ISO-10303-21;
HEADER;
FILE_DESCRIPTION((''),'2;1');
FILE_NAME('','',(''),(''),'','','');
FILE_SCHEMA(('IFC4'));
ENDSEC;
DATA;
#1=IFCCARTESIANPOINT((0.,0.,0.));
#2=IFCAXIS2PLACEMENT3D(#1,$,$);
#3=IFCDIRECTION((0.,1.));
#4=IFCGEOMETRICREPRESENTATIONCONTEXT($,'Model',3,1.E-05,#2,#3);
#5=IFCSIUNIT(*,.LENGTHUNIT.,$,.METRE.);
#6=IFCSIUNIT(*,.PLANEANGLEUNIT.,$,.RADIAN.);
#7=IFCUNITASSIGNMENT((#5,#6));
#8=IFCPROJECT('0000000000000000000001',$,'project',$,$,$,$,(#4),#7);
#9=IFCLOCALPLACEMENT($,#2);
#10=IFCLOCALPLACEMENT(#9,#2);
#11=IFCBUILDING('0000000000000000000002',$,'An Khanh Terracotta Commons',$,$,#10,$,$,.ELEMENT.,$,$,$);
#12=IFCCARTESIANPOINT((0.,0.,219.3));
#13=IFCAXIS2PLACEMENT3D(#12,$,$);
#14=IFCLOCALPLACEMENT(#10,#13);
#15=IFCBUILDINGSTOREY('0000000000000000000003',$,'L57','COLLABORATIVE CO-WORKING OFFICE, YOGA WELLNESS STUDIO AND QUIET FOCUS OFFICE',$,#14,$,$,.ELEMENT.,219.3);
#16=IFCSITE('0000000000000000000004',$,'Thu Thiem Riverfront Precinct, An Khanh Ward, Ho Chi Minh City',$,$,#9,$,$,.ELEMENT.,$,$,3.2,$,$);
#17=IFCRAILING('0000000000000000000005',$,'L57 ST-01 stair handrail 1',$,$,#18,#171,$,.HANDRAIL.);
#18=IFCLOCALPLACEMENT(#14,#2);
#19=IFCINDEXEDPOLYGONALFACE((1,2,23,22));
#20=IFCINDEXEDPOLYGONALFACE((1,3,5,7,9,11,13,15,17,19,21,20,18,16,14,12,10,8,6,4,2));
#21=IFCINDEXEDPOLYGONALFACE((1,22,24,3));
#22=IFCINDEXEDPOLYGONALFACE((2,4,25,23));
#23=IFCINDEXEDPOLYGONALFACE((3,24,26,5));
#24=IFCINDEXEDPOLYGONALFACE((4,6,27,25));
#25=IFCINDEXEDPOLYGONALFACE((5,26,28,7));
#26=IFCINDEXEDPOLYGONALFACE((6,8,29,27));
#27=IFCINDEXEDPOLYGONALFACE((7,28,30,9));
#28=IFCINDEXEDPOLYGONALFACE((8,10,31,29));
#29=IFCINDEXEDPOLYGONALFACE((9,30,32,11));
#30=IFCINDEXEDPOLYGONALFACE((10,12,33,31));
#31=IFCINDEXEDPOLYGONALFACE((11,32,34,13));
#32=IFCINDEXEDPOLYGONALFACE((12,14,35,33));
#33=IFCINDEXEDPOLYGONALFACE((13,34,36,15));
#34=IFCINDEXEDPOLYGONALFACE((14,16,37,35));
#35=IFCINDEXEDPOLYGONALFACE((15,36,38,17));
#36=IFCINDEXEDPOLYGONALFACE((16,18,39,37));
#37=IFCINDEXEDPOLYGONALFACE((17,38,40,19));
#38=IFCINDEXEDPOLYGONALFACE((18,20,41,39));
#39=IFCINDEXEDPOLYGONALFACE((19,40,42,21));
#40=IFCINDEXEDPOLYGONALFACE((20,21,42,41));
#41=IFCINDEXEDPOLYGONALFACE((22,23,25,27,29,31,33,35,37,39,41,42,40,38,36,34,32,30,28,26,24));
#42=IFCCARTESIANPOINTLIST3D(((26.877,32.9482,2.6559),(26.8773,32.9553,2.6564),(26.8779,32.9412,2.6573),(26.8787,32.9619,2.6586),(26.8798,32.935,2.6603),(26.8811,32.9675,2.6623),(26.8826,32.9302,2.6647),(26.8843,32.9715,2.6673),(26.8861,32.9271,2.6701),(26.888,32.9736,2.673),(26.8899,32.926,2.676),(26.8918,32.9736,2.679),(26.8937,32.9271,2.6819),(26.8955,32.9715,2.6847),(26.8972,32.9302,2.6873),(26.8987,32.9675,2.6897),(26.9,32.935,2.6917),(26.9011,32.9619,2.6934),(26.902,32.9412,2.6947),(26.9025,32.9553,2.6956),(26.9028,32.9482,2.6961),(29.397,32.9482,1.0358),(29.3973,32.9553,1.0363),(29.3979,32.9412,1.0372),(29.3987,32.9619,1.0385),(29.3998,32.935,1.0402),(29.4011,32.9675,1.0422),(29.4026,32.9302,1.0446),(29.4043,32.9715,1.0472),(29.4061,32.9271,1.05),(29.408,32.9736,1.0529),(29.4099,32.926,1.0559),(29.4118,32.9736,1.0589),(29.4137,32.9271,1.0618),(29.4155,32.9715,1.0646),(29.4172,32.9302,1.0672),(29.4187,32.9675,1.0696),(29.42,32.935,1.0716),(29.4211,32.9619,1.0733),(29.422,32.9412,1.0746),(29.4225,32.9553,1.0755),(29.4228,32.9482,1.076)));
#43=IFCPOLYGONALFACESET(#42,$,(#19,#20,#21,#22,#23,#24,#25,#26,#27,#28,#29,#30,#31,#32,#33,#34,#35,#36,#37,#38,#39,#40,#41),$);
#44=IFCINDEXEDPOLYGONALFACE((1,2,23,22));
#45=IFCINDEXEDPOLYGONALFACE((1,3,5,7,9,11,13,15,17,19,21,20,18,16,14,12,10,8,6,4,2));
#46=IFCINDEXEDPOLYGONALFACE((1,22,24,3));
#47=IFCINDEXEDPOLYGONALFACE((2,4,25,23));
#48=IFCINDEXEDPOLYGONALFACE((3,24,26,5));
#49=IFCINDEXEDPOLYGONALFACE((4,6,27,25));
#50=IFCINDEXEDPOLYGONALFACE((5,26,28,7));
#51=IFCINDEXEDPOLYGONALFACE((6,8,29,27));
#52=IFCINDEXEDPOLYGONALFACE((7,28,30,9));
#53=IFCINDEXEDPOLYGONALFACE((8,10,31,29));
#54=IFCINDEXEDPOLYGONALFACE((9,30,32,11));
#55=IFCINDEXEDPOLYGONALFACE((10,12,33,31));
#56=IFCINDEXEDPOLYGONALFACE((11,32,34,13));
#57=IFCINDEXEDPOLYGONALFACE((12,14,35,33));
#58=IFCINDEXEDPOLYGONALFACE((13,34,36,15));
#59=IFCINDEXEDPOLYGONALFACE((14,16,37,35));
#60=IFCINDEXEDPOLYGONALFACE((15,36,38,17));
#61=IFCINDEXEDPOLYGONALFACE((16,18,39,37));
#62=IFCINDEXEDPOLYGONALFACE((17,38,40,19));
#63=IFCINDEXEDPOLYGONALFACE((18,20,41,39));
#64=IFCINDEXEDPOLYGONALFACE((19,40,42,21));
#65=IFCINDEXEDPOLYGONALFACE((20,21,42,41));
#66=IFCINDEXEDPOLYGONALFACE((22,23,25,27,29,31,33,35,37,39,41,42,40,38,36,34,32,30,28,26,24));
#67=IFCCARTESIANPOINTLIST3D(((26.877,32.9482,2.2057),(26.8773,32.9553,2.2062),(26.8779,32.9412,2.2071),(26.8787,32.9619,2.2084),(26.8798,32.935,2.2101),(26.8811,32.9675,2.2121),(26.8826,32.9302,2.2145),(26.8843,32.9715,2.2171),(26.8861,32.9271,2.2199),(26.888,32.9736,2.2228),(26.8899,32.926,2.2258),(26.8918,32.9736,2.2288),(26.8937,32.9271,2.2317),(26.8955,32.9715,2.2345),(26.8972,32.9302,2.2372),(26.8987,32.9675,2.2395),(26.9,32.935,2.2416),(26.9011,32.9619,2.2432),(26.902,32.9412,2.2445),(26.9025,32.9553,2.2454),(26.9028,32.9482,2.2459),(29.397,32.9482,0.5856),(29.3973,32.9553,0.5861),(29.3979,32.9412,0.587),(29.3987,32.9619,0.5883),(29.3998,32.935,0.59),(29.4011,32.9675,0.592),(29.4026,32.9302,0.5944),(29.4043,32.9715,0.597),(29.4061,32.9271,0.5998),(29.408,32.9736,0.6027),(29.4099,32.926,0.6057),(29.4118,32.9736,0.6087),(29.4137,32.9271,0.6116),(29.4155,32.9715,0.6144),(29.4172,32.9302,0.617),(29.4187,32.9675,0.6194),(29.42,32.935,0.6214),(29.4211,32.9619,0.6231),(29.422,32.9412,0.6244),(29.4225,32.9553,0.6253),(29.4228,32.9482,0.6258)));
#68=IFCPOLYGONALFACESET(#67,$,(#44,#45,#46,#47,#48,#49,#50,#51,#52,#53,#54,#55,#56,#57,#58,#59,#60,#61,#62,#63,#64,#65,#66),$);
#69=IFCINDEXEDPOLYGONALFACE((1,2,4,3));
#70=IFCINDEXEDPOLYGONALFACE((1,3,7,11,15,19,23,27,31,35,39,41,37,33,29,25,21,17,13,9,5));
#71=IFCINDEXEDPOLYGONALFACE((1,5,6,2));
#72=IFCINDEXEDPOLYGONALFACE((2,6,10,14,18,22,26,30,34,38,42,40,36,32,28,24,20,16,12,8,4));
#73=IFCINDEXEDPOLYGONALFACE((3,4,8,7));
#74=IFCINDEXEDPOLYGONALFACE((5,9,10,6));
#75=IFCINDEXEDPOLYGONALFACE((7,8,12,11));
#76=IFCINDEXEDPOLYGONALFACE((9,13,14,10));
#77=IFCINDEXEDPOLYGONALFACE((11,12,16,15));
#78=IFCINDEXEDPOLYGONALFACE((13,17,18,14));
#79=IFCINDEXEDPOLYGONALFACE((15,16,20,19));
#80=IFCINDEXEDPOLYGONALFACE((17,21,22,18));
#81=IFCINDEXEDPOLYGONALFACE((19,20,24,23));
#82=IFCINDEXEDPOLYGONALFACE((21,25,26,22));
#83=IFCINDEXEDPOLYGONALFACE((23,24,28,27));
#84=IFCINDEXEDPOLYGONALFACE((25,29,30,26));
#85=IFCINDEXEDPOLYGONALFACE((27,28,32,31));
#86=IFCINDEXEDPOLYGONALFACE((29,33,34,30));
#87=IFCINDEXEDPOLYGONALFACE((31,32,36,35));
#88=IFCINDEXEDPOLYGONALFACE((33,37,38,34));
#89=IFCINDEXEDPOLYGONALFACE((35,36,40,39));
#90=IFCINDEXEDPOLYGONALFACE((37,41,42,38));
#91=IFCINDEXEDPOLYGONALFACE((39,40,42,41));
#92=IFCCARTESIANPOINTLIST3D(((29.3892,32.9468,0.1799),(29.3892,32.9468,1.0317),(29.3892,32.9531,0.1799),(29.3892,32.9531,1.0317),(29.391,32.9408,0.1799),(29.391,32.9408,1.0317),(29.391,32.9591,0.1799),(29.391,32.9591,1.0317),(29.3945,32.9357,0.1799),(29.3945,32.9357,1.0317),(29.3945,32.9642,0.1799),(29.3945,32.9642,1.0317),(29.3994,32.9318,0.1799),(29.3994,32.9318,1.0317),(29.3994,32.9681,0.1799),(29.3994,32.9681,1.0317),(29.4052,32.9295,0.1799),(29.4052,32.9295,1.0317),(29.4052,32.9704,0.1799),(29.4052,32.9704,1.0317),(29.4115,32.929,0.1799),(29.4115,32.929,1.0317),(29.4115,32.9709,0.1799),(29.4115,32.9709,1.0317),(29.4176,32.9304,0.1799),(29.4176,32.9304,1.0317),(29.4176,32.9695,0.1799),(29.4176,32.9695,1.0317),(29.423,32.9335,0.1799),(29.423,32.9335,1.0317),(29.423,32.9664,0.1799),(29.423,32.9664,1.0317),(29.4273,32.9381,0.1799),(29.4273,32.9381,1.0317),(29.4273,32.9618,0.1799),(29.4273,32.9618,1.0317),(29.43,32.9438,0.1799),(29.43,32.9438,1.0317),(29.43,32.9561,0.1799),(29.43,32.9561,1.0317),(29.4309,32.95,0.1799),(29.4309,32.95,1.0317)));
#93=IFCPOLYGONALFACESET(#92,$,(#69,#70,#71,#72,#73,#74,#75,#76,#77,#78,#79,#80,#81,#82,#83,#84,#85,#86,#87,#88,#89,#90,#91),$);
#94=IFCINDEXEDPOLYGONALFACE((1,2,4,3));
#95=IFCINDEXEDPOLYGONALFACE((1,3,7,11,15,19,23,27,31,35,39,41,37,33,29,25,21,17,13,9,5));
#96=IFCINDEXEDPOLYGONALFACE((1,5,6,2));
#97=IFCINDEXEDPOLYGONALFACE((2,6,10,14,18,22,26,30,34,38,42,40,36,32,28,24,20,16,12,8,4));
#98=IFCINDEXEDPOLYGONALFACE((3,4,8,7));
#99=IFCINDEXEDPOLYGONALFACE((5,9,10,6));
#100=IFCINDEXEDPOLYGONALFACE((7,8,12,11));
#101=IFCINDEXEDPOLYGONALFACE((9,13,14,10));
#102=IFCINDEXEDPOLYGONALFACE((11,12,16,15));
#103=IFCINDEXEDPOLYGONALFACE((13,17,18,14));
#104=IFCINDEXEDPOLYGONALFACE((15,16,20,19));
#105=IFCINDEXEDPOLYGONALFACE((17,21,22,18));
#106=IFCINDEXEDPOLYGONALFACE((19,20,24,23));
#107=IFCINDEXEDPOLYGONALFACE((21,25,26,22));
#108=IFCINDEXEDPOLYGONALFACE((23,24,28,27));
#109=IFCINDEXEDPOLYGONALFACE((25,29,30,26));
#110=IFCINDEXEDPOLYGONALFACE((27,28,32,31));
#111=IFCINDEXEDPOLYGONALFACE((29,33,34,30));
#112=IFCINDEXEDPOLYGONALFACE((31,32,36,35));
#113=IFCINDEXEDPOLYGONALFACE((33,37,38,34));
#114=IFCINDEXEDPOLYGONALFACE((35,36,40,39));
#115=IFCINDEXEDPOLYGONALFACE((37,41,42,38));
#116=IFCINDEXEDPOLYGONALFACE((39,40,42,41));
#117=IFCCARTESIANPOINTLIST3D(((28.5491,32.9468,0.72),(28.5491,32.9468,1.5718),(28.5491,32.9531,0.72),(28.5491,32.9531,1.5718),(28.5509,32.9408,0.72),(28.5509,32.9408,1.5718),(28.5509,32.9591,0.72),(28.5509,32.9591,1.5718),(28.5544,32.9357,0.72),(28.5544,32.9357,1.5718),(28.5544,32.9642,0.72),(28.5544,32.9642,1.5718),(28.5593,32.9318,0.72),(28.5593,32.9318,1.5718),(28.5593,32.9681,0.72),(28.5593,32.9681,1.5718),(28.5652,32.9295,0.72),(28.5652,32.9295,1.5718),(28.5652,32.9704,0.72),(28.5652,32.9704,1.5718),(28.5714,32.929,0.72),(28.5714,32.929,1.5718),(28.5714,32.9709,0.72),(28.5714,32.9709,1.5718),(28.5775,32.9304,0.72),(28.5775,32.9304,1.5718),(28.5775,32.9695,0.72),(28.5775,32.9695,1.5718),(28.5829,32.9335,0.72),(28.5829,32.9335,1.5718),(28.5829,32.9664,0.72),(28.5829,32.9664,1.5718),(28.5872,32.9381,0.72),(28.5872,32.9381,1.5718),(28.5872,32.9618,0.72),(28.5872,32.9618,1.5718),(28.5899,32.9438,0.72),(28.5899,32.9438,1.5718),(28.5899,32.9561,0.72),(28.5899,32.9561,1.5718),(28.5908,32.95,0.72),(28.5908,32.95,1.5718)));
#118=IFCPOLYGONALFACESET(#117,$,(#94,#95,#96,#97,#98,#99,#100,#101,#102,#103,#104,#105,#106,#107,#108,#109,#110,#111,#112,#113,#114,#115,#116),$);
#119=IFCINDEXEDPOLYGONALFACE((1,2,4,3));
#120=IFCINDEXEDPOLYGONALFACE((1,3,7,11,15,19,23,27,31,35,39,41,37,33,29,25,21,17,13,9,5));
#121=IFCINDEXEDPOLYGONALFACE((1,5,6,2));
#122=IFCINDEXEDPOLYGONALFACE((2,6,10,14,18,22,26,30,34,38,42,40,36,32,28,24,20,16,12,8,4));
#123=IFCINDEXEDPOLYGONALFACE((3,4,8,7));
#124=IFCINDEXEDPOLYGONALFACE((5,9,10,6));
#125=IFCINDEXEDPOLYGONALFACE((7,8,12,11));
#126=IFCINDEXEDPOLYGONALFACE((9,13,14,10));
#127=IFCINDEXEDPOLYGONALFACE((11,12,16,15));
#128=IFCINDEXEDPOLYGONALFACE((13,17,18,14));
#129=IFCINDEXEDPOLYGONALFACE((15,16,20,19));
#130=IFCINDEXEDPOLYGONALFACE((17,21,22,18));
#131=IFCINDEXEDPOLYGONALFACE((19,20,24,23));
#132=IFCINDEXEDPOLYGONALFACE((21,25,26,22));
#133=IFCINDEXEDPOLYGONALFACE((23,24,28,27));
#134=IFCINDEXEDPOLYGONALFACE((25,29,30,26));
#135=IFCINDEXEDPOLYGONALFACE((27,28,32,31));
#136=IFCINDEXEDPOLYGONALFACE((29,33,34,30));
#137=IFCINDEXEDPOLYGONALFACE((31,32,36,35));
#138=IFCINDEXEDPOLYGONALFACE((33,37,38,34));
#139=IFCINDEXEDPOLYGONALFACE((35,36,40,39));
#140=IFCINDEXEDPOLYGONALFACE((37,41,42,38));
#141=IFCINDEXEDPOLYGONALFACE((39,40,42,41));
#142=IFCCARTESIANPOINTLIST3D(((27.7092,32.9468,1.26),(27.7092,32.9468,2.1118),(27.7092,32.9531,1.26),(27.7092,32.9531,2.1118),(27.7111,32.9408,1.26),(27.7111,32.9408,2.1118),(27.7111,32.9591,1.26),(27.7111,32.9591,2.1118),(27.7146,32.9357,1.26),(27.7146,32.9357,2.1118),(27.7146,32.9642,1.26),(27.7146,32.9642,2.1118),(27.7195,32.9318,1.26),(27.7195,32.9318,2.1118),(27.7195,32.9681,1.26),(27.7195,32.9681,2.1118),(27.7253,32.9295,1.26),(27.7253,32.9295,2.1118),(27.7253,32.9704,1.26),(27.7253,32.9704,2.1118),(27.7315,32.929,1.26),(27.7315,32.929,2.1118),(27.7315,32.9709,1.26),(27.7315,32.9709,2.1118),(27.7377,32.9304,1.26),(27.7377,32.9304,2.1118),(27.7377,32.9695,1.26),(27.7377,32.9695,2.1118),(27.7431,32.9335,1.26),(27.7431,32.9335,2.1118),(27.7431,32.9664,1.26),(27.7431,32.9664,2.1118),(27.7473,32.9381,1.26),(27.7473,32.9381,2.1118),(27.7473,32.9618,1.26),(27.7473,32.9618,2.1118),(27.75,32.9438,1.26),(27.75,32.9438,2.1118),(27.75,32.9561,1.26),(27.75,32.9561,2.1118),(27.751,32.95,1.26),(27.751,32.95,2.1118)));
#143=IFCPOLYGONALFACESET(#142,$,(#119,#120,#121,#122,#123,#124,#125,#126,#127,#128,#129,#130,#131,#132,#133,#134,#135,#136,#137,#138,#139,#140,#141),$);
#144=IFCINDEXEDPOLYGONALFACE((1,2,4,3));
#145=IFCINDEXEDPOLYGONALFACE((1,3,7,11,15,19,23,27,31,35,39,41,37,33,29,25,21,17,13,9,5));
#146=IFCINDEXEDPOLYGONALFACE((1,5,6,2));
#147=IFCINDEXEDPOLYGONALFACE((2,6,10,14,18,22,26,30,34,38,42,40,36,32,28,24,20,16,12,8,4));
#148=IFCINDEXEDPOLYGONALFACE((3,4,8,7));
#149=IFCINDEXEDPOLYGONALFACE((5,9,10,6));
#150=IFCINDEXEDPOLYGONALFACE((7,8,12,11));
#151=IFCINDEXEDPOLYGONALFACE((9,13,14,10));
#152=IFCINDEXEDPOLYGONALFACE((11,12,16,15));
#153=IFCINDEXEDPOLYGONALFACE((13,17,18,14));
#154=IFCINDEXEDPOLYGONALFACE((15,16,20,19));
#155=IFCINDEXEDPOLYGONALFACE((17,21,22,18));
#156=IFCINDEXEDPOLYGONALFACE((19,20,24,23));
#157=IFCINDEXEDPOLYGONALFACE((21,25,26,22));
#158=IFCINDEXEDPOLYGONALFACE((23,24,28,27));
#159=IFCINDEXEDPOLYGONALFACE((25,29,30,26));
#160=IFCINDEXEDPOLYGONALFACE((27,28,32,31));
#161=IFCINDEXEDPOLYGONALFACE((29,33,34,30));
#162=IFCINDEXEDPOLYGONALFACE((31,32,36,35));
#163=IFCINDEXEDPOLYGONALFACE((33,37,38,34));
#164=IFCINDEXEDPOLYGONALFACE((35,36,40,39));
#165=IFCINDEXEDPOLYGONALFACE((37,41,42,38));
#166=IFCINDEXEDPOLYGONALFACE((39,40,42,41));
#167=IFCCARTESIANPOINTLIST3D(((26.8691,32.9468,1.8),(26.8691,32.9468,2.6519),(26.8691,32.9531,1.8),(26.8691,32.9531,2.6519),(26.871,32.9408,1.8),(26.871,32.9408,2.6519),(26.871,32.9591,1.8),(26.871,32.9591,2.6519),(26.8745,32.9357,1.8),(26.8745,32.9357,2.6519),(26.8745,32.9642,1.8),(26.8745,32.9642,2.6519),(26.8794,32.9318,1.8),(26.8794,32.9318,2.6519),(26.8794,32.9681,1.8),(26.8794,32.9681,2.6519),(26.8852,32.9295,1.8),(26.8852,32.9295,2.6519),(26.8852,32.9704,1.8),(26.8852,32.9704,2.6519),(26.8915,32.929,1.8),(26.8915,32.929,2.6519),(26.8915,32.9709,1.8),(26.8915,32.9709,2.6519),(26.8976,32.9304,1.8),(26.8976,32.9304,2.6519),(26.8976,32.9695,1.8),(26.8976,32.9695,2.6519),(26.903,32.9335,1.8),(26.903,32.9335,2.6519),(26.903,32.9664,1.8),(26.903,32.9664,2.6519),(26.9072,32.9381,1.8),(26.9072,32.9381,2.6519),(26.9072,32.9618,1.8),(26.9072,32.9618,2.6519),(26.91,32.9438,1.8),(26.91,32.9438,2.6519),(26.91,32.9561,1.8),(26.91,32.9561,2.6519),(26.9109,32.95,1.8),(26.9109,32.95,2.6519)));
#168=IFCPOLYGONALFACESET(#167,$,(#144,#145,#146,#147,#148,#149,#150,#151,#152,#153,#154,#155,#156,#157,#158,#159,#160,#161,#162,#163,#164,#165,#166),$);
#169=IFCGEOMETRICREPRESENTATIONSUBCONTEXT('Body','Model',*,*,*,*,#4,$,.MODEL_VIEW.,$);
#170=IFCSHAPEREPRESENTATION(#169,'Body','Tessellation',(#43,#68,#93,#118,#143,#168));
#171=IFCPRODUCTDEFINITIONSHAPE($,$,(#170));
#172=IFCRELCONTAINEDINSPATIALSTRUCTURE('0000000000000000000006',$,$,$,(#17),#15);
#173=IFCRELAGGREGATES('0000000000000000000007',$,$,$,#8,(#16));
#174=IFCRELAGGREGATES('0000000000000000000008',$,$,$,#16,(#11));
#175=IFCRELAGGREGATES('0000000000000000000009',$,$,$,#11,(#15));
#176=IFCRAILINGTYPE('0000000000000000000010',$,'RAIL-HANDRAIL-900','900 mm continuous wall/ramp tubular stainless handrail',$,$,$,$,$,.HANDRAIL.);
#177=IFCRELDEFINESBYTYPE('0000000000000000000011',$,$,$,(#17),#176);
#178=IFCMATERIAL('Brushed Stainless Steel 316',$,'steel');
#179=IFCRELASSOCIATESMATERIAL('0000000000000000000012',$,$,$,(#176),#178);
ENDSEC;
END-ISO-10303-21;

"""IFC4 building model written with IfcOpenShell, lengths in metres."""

from ifc_helpers import new_model, si_unit, direction, frame, origin, origin_2d, place, context, subcontext, project, spatial, circle, extrude, material, type_object, element, save


model = new_model("IFC4")

# Units and contexts
model_context = context("Model", 3, precision=1e-05, world=origin(), true_north=direction((0.0, 1.0)))
body_context = subcontext(model_context, "Body", "Model", "MODEL_VIEW")
ifc_project = project(units=[si_unit("LENGTHUNIT", "METRE"), si_unit("PLANEANGLEUNIT", "RADIAN")], contexts=[model_context])

# Site, building, storey
site_placement = place(None, origin())
site = spatial("IfcSite", under=ifc_project, at=site_placement, Name="Thu Thiem Riverfront Precinct, An Khanh Ward, Ho Chi Minh City", CompositionType="ELEMENT", RefElevation=3.2)
building_placement = place(site_placement, origin())
building = spatial("IfcBuilding", under=site, at=building_placement, Name="An Khanh Terracotta Commons", CompositionType="ELEMENT")
storey_placement = place(building_placement, frame((0.0, 0.0, 219.3)))
storey = spatial("IfcBuildingStorey", under=building, at=storey_placement, Name="L57", Description="COLLABORATIVE CO-WORKING OFFICE, YOGA WELLNESS STUDIO AND QUIET FOCUS OFFICE", CompositionType="ELEMENT", Elevation=219.3)

# Railing
ifc_material_1 = material(Name="Brushed Stainless Steel 316", Category="steel")
railing_type_1 = type_object("IfcRailingType", Name="RAIL-HANDRAIL-900", Description="900 mm continuous wall/ramp tubular stainless handrail", PredefinedType="HANDRAIL", material=ifc_material_1)
railing_1_placement = place(storey_placement, frame((29.4099, 32.95, 0.1799)))
element("IfcRailing", 1, at=railing_1_placement, inside=storey, type_object=railing_type_1, Name="L57 ST-01 stair handrail 1", PredefinedType="HANDRAIL", context=body_context, shape_type="SweptSolid", body=[
    extrude(circle(Radius=0.0239, at=origin_2d()), frame((0.0, 0.0, 0.876), z_axis=(-0.841163, 0.0, 0.540782), x_axis=(0.0, -1.0, 0.0)), (0.0, 0.0, 1.0), 2.9958),
    extrude(circle(Radius=0.0239, at=origin_2d()), frame((0.0, 0.0, 0.4258), z_axis=(-0.841163, 0.0, 0.540782), x_axis=(0.0, -1.0, 0.0)), (0.0, 0.0, 1.0), 2.9958),
    extrude(circle(Radius=0.021, at=origin_2d()), origin(), (0.0, 0.0, 1.0), 0.8518),
    extrude(circle(Radius=0.021, at=origin_2d()), frame((-0.8401, 0.0, 0.54)), (0.0, 0.0, 1.0), 0.8518),
    extrude(circle(Radius=0.021, at=origin_2d()), frame((-1.6799, 0.0, 1.0801)), (0.0, 0.0, 1.0), 0.8518),
    extrude(circle(Radius=0.021, at=origin_2d()), frame((-2.52, 0.0, 1.6201)), (0.0, 0.0, 1.0), 0.8518),
])

save(model, "model.ifc")
